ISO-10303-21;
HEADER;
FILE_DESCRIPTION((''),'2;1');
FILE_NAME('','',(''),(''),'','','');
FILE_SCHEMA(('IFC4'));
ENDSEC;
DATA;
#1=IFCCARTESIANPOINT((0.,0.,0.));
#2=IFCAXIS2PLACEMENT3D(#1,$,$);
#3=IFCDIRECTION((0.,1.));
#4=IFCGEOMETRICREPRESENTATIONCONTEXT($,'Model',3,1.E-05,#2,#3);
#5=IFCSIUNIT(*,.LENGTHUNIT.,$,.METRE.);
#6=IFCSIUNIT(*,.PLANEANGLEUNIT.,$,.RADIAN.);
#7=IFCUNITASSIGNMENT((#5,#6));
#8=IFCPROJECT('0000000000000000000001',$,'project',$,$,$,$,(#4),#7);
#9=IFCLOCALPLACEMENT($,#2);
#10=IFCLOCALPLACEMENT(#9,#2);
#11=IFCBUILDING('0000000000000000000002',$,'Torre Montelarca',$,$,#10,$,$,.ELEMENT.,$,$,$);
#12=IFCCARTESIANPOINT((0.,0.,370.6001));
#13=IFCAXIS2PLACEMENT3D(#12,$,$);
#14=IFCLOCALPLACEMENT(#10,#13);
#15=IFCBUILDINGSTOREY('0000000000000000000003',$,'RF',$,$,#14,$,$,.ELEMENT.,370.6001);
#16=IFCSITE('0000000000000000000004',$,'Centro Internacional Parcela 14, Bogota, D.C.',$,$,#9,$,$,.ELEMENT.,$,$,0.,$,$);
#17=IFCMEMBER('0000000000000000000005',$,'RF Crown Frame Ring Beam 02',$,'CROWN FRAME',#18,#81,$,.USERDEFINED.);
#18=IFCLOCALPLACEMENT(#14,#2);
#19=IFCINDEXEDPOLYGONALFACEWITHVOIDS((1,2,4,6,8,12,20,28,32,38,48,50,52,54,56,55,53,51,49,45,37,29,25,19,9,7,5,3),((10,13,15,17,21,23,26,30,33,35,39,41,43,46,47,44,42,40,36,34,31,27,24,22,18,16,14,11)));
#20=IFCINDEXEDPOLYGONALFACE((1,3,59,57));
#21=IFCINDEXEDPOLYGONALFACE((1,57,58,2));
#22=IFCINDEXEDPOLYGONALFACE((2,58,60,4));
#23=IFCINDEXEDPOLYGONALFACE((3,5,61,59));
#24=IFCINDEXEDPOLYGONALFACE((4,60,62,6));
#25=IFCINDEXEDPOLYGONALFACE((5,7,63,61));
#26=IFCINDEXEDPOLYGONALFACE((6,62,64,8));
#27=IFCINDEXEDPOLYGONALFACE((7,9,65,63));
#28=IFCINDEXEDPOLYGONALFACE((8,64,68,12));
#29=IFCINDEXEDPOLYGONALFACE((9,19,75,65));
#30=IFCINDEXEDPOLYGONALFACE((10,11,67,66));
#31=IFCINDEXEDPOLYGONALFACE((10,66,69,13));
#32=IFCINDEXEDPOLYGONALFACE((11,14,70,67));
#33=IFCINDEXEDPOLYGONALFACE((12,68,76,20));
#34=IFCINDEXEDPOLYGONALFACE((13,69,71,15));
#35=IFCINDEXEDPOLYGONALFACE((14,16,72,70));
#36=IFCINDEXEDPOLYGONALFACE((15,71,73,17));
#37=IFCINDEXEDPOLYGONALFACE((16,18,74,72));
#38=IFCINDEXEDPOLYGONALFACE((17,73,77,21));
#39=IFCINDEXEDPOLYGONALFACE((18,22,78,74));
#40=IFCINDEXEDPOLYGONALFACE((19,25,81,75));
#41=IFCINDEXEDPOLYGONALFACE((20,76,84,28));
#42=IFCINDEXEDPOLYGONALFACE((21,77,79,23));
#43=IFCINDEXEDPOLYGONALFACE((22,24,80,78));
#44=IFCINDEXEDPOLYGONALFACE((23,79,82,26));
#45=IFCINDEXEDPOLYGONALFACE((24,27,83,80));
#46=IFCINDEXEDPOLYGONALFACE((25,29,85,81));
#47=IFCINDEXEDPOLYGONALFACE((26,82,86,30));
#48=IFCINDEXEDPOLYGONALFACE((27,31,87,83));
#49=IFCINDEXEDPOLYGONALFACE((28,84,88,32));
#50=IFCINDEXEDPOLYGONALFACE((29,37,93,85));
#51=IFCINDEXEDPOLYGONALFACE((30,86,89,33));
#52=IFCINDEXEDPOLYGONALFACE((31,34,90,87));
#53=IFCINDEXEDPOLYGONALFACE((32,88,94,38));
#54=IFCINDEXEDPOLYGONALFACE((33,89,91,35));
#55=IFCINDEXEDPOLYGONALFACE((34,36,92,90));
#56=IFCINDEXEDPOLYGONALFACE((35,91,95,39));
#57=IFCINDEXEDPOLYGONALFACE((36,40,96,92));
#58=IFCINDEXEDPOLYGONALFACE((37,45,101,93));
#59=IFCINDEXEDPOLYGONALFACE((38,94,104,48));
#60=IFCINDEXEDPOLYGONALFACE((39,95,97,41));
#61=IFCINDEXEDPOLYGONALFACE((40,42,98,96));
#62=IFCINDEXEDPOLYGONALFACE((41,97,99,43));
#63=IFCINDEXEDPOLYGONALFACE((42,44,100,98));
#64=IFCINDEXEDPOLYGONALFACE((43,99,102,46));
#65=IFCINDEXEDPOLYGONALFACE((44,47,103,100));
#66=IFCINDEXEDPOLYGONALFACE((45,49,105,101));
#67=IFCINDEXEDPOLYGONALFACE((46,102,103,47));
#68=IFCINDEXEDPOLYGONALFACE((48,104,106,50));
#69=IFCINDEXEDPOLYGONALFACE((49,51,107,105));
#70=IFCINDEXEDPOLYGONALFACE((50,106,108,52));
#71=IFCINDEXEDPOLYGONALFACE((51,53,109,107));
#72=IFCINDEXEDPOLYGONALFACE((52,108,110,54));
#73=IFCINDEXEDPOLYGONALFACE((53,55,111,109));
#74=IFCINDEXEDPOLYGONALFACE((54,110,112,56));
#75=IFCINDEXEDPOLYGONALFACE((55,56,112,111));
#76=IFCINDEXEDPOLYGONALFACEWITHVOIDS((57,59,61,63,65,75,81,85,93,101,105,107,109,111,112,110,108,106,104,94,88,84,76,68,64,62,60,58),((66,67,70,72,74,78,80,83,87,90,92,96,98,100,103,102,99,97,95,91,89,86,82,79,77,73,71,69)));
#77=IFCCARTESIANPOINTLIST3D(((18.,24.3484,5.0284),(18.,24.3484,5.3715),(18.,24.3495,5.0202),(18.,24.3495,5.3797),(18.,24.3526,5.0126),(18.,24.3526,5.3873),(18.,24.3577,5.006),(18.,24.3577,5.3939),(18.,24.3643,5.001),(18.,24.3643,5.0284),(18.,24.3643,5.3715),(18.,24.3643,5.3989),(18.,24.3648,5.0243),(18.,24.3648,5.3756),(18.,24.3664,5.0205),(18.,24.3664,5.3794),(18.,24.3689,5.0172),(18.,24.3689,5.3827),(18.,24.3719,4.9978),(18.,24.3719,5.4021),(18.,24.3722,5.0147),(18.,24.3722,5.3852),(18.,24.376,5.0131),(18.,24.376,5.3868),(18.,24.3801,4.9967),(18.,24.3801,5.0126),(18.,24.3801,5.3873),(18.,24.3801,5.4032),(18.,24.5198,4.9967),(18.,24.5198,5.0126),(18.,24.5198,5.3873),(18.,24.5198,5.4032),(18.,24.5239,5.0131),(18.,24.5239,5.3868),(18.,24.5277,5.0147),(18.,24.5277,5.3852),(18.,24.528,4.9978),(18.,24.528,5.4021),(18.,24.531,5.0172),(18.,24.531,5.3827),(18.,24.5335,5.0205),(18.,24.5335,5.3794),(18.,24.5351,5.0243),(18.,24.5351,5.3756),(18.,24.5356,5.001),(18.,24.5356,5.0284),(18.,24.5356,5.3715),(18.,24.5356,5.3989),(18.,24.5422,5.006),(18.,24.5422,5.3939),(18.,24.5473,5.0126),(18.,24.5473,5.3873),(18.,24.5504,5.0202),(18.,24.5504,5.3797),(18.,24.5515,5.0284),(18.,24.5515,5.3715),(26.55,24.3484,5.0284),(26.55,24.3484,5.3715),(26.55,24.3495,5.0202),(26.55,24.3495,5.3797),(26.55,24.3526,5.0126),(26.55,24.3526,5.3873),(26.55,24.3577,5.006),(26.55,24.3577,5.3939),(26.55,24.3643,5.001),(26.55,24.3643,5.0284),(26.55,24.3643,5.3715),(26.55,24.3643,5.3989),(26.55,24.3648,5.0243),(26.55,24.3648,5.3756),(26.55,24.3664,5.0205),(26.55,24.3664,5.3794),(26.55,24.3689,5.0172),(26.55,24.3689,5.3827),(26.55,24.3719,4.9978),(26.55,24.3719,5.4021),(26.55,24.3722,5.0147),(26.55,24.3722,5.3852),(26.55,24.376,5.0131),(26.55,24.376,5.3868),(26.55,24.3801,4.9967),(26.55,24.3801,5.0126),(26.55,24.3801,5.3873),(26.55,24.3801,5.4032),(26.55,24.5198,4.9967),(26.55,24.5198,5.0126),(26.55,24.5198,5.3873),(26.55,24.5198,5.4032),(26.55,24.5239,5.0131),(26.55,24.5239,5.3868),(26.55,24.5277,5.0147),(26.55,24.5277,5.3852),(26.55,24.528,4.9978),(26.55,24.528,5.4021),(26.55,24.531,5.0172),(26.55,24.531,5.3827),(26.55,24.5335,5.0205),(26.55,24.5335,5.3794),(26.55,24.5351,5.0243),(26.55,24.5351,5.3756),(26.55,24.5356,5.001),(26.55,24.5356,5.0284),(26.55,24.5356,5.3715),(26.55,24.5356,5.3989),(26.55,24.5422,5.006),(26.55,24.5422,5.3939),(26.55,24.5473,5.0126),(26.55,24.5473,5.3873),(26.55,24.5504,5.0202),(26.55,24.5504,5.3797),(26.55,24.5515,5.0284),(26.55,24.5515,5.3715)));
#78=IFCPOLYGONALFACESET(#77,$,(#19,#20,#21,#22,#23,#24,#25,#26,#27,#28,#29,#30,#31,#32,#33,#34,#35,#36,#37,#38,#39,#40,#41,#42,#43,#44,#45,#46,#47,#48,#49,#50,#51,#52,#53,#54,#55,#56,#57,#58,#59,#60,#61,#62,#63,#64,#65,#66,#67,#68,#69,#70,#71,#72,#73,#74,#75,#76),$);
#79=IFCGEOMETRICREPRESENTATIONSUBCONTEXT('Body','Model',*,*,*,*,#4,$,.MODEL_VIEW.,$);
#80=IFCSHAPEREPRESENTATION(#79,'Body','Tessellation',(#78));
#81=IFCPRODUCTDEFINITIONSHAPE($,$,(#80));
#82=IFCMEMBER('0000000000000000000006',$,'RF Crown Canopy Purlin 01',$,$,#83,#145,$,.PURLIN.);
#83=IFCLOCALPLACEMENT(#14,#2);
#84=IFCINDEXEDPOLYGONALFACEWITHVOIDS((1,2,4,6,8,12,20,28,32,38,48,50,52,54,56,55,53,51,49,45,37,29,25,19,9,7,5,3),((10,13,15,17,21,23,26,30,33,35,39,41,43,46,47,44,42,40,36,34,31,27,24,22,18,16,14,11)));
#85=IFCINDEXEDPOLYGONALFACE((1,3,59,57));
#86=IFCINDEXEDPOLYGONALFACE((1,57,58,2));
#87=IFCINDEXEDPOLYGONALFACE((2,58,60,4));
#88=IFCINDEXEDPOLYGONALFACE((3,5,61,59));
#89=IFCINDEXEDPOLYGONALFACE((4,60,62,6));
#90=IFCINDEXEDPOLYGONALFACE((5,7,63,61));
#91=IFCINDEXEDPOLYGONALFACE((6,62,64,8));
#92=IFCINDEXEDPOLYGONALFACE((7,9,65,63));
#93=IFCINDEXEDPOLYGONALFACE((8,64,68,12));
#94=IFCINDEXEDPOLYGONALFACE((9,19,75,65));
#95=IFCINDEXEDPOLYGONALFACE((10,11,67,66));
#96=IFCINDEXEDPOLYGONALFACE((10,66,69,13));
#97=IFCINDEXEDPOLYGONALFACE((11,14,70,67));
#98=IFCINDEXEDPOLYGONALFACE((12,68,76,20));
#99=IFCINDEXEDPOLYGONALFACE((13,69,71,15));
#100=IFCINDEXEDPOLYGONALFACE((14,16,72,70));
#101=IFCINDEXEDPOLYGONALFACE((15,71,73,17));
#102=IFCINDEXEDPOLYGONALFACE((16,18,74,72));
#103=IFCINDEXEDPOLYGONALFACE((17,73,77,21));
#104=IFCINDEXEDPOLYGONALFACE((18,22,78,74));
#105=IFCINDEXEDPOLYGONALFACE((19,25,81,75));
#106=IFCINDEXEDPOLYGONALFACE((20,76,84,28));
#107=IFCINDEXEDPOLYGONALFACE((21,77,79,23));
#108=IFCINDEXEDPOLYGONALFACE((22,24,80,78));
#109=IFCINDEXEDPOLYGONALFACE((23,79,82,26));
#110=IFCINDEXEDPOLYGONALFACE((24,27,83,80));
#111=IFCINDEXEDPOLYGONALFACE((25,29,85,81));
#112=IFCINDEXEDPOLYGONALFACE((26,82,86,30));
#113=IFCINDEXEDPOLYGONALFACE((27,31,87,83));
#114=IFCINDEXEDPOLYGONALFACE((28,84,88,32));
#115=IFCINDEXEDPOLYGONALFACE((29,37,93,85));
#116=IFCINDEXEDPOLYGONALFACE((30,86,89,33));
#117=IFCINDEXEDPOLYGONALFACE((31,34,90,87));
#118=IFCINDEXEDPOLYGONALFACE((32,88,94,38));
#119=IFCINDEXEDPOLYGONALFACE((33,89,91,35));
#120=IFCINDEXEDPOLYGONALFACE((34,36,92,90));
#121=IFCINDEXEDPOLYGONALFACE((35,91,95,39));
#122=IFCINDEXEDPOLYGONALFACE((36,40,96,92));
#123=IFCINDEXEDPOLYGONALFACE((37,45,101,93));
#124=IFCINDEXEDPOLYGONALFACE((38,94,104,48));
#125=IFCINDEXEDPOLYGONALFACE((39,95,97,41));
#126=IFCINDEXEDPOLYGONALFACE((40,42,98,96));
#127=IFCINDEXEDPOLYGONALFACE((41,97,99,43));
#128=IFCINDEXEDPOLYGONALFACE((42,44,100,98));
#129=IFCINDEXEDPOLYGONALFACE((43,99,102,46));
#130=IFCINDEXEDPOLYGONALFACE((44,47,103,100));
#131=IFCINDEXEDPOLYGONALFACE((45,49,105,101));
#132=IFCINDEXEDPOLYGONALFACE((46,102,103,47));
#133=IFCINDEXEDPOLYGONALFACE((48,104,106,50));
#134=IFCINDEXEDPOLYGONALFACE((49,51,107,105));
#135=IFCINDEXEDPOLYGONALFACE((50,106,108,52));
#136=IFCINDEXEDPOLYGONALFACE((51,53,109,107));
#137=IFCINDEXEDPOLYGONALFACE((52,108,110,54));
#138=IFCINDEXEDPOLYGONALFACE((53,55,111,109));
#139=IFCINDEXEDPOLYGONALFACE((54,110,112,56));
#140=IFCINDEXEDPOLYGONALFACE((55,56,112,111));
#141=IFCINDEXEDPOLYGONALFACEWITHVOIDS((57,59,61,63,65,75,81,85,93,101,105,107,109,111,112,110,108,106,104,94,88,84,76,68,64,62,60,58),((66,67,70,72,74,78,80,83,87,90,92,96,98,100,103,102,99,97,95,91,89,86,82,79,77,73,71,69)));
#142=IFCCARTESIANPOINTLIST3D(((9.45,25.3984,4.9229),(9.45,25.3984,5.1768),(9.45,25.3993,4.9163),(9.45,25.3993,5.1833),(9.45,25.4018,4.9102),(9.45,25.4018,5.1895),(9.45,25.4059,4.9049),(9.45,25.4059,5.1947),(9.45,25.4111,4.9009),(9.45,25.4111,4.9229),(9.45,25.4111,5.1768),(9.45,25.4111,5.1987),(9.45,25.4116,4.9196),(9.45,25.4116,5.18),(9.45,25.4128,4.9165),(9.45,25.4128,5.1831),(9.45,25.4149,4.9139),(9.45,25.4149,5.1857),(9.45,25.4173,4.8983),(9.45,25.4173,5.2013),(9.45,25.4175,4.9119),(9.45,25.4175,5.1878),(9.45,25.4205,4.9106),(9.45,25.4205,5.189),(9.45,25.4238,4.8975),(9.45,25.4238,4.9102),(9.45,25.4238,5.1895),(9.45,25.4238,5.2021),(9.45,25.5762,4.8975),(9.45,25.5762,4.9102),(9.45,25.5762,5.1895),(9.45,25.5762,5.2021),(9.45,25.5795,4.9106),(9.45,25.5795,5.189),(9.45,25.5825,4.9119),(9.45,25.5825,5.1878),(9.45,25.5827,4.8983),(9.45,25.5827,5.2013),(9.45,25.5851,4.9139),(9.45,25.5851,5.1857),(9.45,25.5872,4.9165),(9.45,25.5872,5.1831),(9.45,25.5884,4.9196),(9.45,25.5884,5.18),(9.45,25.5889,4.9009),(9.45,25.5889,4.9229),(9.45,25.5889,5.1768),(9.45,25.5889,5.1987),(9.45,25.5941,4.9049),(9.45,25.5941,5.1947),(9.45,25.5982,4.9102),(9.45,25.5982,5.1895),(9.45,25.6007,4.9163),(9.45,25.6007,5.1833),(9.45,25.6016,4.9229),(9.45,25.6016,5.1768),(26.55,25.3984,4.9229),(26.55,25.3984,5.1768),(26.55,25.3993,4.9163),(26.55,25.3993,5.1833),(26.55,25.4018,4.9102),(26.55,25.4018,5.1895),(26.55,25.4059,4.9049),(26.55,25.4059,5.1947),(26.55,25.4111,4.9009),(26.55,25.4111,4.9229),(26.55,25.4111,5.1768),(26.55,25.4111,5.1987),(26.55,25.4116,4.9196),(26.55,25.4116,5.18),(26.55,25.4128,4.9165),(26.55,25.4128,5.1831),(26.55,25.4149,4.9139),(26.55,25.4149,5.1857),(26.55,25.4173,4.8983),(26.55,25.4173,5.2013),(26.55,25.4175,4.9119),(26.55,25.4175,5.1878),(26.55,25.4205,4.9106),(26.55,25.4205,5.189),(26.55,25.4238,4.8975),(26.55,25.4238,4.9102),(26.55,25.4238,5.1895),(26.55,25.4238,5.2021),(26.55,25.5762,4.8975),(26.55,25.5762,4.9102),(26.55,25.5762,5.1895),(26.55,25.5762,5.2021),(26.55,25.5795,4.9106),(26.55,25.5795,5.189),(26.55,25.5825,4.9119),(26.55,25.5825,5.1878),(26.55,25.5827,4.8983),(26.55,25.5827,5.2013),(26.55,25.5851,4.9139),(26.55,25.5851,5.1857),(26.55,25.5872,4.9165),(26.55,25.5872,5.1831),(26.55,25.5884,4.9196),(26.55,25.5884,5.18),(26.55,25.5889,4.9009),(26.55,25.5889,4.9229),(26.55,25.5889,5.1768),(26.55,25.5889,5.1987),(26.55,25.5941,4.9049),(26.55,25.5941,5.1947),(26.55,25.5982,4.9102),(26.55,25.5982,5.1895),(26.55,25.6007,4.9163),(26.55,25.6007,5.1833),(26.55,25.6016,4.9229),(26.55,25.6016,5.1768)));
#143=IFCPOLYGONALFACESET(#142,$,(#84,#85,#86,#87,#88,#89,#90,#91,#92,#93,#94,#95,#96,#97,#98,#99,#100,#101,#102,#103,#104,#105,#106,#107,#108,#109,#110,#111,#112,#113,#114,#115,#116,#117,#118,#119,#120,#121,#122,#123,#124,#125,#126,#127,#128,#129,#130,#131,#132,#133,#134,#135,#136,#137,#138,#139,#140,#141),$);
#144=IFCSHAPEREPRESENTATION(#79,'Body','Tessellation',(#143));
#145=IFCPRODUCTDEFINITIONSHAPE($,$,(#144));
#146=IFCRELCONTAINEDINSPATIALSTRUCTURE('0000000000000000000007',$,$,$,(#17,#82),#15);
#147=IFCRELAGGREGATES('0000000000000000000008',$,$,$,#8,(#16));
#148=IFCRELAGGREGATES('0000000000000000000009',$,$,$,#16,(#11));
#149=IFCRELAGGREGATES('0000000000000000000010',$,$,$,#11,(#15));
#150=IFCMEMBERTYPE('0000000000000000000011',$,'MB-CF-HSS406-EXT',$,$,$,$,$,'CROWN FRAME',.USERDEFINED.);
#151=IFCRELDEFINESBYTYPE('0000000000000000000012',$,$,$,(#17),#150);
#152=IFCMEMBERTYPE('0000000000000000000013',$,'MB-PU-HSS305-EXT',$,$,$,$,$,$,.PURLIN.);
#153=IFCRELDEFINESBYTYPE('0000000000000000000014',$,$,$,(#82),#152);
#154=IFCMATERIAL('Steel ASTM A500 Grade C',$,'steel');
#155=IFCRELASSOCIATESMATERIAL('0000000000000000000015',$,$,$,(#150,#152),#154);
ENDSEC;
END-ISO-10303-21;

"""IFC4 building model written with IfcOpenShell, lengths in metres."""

from ifc_helpers import new_model, si_unit, direction, frame, origin, origin_2d, place, context, subcontext, project, spatial, hollow_rectangle, extrude, source, transform, mapped, material, material_profile, profile_set, type_object, element, save


model = new_model("IFC4")

# Units and contexts
model_context = context("Model", 3, precision=1e-05, world=origin(), true_north=direction((0.0, 1.0)))
body_context = subcontext(model_context, "Body", "Model", "MODEL_VIEW")
ifc_project = project(units=[si_unit("LENGTHUNIT", "METRE"), si_unit("PLANEANGLEUNIT", "RADIAN")], contexts=[model_context])

# Site, building, storey
site_placement = place(None, origin())
site = spatial("IfcSite", under=ifc_project, at=site_placement, Name="Centro Internacional Parcela 14, Bogota, D.C.", CompositionType="ELEMENT", RefElevation=0.0)
building_placement = place(site_placement, origin())
building = spatial("IfcBuilding", under=site, at=building_placement, Name="Torre Montelarca", CompositionType="ELEMENT")
storey_placement = place(building_placement, frame((0.0, 0.0, 370.6001)))
storey = spatial("IfcBuildingStorey", under=building, at=storey_placement, Name="RF", CompositionType="ELEMENT", Elevation=370.6001)

# Shared definitions
ifc_material_1 = material(Name="Steel ASTM A500 Grade C", Category="steel")

# Members
ifc_material_profile_1 = material_profile(ifc_material_1, hollow_rectangle(XDim=0.2031, YDim=0.4065, WallThickness=0.0159, InnerFilletRadius=0.0159, OuterFilletRadius=0.0317, at=origin_2d()), Name="HSS406X203X15.9", Category="steel")
ifc_profile_set_1 = profile_set([ifc_material_profile_1], Name="Steel ASTM A500 Grade C")
member_type_1 = type_object("IfcMemberType", Name="MB-CF-HSS406-EXT", ElementType="CROWN FRAME", PredefinedType="USERDEFINED", material=ifc_profile_set_1)
shared_shape_1 = source(origin(), body_context, "Body", "SweptSolid", [
    extrude(hollow_rectangle(XDim=0.2031, YDim=0.4065, WallThickness=0.0159, InnerFilletRadius=0.0159, OuterFilletRadius=0.0317, at=origin_2d()), origin(), (0.0, 0.0, 1.0), 8.55),
])
member_1_placement = place(storey_placement, frame((18.0, 24.45, 5.2), z_axis=(1.0, 0.0, 0.0), x_axis=(0.0, 1.0, 0.0)))
element("IfcMember", 1, at=member_1_placement, inside=storey, type_object=member_type_1, Name="RF Crown Frame Ring Beam 02", ObjectType="CROWN FRAME", PredefinedType="USERDEFINED", context=body_context, shape_type="MappedRepresentation", body=[
    mapped(shared_shape_1, transform((0.0, 0.0, 0.0), scale=1.0)),
])
ifc_material_profile_2 = material_profile(ifc_material_1, hollow_rectangle(XDim=0.2031, YDim=0.3047, WallThickness=0.0127, InnerFilletRadius=0.0127, OuterFilletRadius=0.0254, at=origin_2d()), Name="HSS305X203X12.7", Category="steel")
ifc_profile_set_2 = profile_set([ifc_material_profile_2], Name="Steel ASTM A500 Grade C")
member_type_2 = type_object("IfcMemberType", Name="MB-PU-HSS305-EXT", PredefinedType="PURLIN", material=ifc_profile_set_2)
shared_shape_2 = source(origin(), body_context, "Body", "SweptSolid", [
    extrude(hollow_rectangle(XDim=0.2031, YDim=0.3047, WallThickness=0.0127, InnerFilletRadius=0.0127, OuterFilletRadius=0.0254, at=origin_2d()), origin(), (0.0, 0.0, 1.0), 17.1001),
])
for number, where, z_axis, x_axis, name in (
    (2, (9.45, 25.5, 5.0498), (1.0, 0.0, 0.0), (0.0, 1.0, 0.0), "RF Crown Canopy Purlin 01"),
):
    element("IfcMember", number, at=place(storey_placement, frame(where, z_axis=z_axis, x_axis=x_axis)), inside=storey, type_object=member_type_2, Name=name, PredefinedType="PURLIN", context=body_context, shape_type="MappedRepresentation", body=[
        mapped(shared_shape_2, transform((0.0, 0.0, 0.0), scale=1.0)),
    ])

save(model, "model.ifc")
